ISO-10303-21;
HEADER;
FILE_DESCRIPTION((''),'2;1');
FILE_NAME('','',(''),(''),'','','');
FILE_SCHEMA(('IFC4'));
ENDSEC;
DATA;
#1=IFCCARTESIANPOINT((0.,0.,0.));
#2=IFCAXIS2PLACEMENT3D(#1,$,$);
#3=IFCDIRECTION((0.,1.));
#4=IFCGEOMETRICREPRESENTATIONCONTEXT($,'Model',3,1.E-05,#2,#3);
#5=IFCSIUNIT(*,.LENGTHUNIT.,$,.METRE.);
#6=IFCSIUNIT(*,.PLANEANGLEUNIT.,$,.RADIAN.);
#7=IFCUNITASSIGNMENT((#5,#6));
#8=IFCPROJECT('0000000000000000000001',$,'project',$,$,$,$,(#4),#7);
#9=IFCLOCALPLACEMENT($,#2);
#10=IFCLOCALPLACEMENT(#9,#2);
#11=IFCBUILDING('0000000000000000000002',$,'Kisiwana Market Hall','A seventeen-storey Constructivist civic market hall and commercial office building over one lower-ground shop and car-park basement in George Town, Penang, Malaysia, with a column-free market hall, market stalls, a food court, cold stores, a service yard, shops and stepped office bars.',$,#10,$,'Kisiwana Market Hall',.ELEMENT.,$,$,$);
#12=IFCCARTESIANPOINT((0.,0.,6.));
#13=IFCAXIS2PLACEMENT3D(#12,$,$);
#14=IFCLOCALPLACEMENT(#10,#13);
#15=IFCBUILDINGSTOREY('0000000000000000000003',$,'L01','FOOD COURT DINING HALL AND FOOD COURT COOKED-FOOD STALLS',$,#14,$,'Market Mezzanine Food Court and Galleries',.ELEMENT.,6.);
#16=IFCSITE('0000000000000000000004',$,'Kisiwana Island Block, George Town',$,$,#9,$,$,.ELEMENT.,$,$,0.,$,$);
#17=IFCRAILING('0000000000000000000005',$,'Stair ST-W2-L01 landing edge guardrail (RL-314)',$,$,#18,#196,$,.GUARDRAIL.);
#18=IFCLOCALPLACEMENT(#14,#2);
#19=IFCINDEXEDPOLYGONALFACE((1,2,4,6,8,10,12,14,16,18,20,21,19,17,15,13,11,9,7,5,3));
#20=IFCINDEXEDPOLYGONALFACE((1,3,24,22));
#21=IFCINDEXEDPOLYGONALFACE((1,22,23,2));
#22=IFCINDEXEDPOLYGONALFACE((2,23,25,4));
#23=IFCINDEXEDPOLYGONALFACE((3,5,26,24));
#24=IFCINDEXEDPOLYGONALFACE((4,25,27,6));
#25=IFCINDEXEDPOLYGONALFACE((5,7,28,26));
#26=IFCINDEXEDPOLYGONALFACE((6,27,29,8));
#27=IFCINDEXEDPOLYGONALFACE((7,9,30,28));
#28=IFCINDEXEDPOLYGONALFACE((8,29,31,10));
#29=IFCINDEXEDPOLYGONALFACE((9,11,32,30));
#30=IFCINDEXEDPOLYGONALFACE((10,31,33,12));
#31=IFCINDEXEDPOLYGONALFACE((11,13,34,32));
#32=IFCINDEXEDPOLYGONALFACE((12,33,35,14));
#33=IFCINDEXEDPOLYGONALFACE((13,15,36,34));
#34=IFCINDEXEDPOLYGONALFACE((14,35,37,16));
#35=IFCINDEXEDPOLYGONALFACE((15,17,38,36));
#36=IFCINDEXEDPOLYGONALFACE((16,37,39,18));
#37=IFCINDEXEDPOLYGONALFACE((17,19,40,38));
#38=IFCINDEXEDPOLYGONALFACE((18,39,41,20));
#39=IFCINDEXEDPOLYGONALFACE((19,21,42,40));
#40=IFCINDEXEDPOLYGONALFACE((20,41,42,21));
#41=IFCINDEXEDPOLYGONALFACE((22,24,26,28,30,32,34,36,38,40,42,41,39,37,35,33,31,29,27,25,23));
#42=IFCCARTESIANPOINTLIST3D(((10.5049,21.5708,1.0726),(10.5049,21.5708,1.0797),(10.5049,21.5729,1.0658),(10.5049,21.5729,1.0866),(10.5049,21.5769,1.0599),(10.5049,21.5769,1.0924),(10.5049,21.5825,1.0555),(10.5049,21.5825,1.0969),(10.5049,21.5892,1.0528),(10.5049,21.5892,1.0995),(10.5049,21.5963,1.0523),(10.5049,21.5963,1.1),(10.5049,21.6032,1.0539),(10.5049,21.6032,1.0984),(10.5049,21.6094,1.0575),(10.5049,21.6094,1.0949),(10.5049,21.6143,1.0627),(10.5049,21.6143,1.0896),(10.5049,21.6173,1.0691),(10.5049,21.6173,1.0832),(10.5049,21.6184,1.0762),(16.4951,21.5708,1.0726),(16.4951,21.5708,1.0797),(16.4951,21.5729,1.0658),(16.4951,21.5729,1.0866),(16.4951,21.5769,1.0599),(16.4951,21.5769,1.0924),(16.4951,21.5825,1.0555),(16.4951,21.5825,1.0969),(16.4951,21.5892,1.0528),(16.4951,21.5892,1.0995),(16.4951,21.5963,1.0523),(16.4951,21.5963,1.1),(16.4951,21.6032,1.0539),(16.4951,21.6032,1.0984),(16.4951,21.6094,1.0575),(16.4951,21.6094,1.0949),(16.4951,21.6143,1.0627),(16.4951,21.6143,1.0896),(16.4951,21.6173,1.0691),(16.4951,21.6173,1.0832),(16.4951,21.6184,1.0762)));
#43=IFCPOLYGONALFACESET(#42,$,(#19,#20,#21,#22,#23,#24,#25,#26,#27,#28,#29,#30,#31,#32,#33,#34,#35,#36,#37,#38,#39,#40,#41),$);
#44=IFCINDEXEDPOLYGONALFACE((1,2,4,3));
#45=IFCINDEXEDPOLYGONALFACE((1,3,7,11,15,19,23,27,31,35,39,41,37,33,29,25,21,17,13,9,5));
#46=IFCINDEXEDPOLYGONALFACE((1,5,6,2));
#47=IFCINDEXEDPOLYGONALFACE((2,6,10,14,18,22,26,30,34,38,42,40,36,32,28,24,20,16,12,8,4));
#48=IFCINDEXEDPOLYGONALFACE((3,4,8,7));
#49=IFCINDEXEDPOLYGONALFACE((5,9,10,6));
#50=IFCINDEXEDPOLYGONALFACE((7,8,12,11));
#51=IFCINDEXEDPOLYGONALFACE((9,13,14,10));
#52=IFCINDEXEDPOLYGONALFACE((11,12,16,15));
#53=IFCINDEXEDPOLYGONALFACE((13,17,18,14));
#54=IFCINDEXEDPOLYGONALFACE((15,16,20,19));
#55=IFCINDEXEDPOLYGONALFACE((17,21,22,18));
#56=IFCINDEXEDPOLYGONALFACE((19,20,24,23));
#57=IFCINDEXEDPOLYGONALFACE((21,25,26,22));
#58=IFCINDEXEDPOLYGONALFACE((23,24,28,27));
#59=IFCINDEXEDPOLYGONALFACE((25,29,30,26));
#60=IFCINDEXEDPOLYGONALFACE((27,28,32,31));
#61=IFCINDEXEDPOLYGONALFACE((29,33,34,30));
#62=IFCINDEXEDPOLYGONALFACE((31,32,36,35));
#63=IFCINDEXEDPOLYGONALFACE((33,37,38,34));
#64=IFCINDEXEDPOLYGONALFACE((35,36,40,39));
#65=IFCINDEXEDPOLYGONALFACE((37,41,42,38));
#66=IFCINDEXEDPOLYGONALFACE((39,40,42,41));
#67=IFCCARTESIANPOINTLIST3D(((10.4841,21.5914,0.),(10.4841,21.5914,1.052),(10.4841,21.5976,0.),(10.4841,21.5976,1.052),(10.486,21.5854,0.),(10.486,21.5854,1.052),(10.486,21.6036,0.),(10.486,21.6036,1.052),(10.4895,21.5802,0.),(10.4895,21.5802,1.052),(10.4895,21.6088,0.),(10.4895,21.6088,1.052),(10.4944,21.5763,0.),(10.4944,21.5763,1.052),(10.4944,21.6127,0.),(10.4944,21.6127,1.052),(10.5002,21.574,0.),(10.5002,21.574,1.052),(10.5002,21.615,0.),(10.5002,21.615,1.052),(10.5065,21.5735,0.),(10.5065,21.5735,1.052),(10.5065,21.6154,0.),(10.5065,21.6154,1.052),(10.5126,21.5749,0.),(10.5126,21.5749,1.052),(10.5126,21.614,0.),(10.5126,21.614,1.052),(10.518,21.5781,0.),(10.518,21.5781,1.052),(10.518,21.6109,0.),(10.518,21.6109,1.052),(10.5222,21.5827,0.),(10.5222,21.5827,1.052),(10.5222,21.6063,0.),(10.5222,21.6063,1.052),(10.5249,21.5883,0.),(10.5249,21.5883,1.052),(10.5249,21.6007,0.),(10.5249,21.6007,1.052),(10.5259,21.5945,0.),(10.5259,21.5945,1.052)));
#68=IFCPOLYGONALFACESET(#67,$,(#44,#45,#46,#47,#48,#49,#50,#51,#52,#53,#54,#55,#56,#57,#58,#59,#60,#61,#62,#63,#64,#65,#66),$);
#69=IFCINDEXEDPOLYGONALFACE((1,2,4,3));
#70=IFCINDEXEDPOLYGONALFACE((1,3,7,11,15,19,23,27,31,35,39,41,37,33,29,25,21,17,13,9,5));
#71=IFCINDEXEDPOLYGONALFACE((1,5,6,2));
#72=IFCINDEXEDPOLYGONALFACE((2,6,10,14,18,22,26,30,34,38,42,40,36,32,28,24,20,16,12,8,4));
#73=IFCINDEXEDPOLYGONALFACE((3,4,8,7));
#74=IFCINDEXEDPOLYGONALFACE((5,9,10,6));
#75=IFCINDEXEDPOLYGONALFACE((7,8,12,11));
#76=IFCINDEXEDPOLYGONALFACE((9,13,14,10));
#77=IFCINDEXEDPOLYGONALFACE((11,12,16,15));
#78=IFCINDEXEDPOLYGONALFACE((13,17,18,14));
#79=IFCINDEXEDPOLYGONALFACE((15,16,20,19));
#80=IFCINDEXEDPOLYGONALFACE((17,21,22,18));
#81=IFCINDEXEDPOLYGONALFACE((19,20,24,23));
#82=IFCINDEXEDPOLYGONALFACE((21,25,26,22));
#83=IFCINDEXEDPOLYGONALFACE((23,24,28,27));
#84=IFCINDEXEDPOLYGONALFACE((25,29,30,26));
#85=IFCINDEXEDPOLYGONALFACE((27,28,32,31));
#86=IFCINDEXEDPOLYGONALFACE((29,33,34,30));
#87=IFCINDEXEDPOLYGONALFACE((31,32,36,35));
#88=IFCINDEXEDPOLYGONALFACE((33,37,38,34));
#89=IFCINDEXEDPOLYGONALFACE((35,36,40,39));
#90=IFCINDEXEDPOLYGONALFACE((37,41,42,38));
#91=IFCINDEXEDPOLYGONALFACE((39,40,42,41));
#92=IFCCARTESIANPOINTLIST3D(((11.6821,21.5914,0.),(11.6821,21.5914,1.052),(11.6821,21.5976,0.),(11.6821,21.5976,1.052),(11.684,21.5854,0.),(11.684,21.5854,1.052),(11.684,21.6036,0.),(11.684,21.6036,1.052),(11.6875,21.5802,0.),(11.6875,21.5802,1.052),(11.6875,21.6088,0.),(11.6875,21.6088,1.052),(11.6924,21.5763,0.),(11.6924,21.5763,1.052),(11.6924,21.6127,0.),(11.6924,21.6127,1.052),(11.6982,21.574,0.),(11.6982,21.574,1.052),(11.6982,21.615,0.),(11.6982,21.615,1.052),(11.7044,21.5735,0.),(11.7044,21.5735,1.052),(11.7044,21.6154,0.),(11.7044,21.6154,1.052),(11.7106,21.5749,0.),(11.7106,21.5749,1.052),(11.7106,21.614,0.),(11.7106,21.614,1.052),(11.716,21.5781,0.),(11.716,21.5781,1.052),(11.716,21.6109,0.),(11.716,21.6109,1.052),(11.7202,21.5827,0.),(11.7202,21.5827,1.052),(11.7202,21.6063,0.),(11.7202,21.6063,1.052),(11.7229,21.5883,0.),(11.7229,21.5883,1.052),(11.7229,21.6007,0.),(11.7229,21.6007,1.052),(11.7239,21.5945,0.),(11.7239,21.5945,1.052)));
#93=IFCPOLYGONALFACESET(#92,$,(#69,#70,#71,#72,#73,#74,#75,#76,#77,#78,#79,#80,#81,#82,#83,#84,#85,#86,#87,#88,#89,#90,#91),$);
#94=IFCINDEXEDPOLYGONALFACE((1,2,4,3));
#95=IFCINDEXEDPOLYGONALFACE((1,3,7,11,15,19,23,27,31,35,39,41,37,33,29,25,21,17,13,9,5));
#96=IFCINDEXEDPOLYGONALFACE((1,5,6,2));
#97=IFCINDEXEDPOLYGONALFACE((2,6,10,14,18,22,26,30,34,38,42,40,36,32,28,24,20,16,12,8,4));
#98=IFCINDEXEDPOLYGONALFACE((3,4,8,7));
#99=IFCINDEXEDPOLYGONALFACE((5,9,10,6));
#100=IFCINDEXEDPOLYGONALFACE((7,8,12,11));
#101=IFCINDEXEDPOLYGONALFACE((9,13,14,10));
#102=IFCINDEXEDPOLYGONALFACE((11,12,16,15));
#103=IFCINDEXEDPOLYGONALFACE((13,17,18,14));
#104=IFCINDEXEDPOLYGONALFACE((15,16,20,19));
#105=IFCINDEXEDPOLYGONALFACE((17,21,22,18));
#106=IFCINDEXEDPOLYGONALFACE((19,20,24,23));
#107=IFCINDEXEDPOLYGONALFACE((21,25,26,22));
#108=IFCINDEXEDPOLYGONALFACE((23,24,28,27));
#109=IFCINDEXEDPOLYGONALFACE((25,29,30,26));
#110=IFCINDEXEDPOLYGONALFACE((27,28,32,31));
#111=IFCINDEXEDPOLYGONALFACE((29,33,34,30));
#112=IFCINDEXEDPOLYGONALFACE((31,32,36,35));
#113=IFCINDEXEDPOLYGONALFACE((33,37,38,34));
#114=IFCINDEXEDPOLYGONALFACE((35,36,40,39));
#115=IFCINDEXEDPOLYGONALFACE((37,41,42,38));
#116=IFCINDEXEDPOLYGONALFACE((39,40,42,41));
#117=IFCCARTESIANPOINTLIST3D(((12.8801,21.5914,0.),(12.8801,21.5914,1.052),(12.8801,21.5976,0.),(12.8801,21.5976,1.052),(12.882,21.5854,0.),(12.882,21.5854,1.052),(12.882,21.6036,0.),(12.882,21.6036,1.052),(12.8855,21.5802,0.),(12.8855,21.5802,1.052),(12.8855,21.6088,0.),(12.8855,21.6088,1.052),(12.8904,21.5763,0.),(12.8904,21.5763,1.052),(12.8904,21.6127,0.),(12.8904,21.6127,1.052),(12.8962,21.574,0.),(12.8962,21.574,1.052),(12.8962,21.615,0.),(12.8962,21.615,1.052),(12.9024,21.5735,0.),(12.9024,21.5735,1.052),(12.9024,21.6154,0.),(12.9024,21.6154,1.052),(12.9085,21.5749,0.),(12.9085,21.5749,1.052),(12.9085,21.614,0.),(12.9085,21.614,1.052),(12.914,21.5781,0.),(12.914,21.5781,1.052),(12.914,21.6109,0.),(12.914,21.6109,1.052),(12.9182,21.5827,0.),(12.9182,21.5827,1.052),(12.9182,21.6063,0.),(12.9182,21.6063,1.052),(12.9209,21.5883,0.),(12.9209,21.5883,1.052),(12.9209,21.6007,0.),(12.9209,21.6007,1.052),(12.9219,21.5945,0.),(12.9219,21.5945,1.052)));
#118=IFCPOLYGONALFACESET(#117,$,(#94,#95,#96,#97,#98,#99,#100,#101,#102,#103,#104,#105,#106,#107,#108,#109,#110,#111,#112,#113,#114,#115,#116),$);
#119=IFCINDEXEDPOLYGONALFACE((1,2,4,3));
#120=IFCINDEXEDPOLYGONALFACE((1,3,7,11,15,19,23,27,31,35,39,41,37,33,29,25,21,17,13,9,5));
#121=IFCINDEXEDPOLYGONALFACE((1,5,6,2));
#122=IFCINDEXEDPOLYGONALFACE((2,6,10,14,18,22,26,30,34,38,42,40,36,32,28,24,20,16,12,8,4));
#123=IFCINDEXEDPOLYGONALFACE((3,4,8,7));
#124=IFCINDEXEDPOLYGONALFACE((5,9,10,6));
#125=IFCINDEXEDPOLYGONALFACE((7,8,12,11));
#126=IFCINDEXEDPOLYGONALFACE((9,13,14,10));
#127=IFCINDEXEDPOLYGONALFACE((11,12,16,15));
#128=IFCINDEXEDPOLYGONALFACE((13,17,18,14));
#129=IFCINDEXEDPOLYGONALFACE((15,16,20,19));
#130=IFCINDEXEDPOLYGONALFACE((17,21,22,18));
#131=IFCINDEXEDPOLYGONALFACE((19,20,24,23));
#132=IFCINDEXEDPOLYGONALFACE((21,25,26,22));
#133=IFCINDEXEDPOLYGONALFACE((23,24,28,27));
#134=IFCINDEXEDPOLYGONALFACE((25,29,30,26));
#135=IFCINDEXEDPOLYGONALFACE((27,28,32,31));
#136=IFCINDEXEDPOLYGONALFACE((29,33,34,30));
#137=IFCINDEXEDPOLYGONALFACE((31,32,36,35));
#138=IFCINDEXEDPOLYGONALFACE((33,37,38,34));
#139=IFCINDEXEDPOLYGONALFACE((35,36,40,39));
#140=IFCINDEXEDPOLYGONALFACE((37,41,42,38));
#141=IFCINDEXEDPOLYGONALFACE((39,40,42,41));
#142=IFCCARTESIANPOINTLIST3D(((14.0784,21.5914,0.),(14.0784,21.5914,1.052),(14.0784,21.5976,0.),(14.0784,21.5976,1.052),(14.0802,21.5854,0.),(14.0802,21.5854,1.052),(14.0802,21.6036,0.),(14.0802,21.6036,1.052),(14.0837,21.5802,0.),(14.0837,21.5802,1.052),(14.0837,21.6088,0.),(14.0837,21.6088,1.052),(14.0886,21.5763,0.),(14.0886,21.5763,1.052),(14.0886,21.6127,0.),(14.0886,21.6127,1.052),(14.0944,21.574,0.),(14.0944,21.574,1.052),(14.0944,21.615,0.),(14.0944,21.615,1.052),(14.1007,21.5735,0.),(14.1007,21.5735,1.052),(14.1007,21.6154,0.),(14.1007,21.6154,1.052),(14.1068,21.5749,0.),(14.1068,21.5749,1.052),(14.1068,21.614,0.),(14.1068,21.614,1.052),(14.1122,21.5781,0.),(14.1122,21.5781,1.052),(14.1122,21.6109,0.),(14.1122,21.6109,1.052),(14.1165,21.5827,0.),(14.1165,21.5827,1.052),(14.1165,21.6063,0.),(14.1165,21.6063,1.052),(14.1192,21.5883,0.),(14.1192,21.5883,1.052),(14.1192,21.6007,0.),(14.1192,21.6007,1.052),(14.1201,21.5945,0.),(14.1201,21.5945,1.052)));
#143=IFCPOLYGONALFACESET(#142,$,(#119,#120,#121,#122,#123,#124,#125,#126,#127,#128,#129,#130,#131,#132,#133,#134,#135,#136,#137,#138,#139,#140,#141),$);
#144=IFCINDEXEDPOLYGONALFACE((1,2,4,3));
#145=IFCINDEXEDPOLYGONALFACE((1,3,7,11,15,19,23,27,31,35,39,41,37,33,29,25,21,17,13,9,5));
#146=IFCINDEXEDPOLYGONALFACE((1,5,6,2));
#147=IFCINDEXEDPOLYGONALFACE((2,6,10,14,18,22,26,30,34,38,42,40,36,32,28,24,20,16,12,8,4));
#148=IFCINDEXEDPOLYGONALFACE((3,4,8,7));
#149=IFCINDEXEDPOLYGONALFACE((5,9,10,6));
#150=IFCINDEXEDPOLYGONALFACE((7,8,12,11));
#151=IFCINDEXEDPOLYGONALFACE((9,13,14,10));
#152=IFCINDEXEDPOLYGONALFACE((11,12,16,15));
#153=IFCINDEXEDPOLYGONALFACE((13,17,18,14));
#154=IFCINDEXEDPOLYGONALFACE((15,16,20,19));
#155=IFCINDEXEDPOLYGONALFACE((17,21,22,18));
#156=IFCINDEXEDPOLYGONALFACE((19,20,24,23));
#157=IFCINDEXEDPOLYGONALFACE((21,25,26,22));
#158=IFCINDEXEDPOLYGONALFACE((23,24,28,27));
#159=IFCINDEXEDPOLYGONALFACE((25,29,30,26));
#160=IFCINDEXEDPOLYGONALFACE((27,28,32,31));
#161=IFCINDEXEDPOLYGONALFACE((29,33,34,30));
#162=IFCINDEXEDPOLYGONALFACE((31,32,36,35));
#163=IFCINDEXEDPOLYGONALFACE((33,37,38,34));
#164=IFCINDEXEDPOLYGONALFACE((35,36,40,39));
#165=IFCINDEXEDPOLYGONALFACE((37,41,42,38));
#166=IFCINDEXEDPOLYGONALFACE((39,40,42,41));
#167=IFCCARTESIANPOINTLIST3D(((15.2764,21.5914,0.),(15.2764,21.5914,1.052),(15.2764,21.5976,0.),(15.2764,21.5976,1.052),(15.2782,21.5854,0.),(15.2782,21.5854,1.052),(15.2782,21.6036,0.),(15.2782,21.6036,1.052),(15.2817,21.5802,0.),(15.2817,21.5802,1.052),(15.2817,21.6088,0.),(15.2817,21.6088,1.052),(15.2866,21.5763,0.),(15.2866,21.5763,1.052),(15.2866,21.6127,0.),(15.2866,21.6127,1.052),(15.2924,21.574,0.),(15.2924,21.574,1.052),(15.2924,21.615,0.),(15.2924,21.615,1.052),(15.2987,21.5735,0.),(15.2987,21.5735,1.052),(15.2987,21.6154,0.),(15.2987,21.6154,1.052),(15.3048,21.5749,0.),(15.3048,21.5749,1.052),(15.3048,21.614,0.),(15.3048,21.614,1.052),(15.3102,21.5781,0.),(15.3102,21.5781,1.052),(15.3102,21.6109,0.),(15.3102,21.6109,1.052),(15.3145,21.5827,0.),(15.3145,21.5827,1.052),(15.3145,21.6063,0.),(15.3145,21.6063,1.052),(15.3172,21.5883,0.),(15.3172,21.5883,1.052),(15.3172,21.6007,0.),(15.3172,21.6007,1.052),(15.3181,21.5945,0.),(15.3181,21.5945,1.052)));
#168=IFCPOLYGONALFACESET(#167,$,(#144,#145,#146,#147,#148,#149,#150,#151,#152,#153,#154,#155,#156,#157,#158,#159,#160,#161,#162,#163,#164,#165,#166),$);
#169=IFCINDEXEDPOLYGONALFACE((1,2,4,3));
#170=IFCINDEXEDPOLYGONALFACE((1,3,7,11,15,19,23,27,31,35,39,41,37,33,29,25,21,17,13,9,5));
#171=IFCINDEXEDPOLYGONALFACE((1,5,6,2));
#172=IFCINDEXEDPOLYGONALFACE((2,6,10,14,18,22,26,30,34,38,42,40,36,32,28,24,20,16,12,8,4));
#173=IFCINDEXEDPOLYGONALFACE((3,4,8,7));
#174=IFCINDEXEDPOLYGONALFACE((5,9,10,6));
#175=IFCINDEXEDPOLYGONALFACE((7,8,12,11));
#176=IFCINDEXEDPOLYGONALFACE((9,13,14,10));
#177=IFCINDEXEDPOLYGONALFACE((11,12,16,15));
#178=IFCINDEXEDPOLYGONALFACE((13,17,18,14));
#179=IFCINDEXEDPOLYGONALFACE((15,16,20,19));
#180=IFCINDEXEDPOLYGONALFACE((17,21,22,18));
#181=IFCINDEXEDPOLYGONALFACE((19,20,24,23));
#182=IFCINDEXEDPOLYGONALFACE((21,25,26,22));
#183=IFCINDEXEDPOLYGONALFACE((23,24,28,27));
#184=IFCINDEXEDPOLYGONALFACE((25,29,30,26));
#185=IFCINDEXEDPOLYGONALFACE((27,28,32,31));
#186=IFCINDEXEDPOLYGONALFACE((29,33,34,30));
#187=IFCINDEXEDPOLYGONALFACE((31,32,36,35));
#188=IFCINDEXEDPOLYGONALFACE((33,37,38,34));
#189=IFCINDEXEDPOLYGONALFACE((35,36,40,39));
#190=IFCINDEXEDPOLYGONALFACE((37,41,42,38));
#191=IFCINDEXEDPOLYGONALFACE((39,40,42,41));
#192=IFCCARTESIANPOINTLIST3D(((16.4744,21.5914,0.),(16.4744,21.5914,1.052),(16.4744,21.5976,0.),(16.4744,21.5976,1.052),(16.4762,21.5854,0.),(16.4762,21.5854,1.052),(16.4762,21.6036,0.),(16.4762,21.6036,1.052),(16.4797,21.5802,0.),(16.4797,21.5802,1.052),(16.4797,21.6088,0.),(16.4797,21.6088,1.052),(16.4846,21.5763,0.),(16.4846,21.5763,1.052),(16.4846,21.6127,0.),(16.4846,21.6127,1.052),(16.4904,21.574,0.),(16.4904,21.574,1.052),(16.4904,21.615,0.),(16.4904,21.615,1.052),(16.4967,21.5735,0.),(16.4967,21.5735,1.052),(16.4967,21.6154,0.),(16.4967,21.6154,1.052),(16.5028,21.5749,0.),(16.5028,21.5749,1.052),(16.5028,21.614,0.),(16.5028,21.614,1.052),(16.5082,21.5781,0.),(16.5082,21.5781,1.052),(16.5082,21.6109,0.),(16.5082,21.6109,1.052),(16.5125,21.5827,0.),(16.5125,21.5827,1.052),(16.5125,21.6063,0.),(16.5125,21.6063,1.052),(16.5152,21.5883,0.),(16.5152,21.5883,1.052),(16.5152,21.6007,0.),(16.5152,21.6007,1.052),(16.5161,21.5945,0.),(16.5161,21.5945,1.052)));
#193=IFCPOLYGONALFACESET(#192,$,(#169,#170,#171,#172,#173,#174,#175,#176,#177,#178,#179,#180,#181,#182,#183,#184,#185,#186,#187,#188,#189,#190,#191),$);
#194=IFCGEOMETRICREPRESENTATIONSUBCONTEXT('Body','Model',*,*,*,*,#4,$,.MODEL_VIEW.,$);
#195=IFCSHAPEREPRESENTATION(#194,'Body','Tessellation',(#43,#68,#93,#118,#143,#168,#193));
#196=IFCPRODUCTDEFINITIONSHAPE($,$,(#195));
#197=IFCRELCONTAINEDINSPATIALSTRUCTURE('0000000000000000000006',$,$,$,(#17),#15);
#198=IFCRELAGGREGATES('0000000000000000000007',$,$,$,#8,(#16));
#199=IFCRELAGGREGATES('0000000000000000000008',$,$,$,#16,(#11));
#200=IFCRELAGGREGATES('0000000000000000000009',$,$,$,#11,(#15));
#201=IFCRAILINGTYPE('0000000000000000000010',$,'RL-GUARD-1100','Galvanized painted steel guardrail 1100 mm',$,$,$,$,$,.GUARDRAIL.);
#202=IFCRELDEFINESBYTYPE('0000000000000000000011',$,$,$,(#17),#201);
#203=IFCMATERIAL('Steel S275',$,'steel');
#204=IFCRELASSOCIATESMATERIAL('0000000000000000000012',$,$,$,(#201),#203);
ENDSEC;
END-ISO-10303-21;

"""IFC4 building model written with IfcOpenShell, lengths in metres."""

from ifc_helpers import new_model, si_unit, direction, frame, origin, origin_2d, place, context, subcontext, project, spatial, circle, extrude, material, type_object, element, save


model = new_model("IFC4")

# Units and contexts
model_context = context("Model", 3, precision=1e-05, world=origin(), true_north=direction((0.0, 1.0)))
body_context = subcontext(model_context, "Body", "Model", "MODEL_VIEW")
ifc_project = project(units=[si_unit("LENGTHUNIT", "METRE"), si_unit("PLANEANGLEUNIT", "RADIAN")], contexts=[model_context])

# Site, building, storey
site_placement = place(None, origin())
site = spatial("IfcSite", under=ifc_project, at=site_placement, Name="Kisiwana Island Block, George Town", CompositionType="ELEMENT", RefElevation=0.0)
building_placement = place(site_placement, origin())
building = spatial("IfcBuilding", under=site, at=building_placement, Name="Kisiwana Market Hall", Description="A seventeen-storey Constructivist civic market hall and commercial office building over one lower-ground shop and car-park basement in George Town, Penang, Malaysia, with a column-free market hall, market stalls, a food court, cold stores, a service yard, shops and stepped office bars.", LongName="Kisiwana Market Hall", CompositionType="ELEMENT")
storey_placement = place(building_placement, frame((0.0, 0.0, 6.0)))
storey = spatial("IfcBuildingStorey", under=building, at=storey_placement, Name="L01", Description="FOOD COURT DINING HALL AND FOOD COURT COOKED-FOOD STALLS", LongName="Market Mezzanine Food Court and Galleries", CompositionType="ELEMENT", Elevation=6.0)

# Railing
ifc_material_1 = material(Name="Steel S275", Category="steel")
railing_type_1 = type_object("IfcRailingType", Name="RL-GUARD-1100", Description="Galvanized painted steel guardrail 1100 mm", PredefinedType="GUARDRAIL", material=ifc_material_1)
railing_1_placement = place(storey_placement, frame((10.5049, 21.5945, 0.0)))
element("IfcRailing", 1, at=railing_1_placement, inside=storey, type_object=railing_type_1, Name="Stair ST-W2-L01 landing edge guardrail (RL-314)", PredefinedType="GUARDRAIL", context=body_context, shape_type="SweptSolid", body=[
    extrude(circle(Radius=0.0239, at=origin_2d()), frame((0.0, 0.0, 1.0762), z_axis=(1.0, 0.0, 0.0), x_axis=(0.0, 1.0, 0.0)), (0.0, 0.0, 1.0), 5.9902),
    extrude(circle(Radius=0.021, at=origin_2d()), origin(), (0.0, 0.0, 1.0), 1.052),
    extrude(circle(Radius=0.021, at=origin_2d()), frame((1.198, 0.0, 0.0)), (0.0, 0.0, 1.0), 1.052),
    extrude(circle(Radius=0.021, at=origin_2d()), frame((2.396, 0.0, 0.0)), (0.0, 0.0, 1.0), 1.052),
    extrude(circle(Radius=0.021, at=origin_2d()), frame((3.5942, 0.0, 0.0)), (0.0, 0.0, 1.0), 1.052),
    extrude(circle(Radius=0.021, at=origin_2d()), frame((4.7922, 0.0, 0.0)), (0.0, 0.0, 1.0), 1.052),
    extrude(circle(Radius=0.021, at=origin_2d()), frame((5.9902, 0.0, 0.0)), (0.0, 0.0, 1.0), 1.052),
])

save(model, "model.ifc")
